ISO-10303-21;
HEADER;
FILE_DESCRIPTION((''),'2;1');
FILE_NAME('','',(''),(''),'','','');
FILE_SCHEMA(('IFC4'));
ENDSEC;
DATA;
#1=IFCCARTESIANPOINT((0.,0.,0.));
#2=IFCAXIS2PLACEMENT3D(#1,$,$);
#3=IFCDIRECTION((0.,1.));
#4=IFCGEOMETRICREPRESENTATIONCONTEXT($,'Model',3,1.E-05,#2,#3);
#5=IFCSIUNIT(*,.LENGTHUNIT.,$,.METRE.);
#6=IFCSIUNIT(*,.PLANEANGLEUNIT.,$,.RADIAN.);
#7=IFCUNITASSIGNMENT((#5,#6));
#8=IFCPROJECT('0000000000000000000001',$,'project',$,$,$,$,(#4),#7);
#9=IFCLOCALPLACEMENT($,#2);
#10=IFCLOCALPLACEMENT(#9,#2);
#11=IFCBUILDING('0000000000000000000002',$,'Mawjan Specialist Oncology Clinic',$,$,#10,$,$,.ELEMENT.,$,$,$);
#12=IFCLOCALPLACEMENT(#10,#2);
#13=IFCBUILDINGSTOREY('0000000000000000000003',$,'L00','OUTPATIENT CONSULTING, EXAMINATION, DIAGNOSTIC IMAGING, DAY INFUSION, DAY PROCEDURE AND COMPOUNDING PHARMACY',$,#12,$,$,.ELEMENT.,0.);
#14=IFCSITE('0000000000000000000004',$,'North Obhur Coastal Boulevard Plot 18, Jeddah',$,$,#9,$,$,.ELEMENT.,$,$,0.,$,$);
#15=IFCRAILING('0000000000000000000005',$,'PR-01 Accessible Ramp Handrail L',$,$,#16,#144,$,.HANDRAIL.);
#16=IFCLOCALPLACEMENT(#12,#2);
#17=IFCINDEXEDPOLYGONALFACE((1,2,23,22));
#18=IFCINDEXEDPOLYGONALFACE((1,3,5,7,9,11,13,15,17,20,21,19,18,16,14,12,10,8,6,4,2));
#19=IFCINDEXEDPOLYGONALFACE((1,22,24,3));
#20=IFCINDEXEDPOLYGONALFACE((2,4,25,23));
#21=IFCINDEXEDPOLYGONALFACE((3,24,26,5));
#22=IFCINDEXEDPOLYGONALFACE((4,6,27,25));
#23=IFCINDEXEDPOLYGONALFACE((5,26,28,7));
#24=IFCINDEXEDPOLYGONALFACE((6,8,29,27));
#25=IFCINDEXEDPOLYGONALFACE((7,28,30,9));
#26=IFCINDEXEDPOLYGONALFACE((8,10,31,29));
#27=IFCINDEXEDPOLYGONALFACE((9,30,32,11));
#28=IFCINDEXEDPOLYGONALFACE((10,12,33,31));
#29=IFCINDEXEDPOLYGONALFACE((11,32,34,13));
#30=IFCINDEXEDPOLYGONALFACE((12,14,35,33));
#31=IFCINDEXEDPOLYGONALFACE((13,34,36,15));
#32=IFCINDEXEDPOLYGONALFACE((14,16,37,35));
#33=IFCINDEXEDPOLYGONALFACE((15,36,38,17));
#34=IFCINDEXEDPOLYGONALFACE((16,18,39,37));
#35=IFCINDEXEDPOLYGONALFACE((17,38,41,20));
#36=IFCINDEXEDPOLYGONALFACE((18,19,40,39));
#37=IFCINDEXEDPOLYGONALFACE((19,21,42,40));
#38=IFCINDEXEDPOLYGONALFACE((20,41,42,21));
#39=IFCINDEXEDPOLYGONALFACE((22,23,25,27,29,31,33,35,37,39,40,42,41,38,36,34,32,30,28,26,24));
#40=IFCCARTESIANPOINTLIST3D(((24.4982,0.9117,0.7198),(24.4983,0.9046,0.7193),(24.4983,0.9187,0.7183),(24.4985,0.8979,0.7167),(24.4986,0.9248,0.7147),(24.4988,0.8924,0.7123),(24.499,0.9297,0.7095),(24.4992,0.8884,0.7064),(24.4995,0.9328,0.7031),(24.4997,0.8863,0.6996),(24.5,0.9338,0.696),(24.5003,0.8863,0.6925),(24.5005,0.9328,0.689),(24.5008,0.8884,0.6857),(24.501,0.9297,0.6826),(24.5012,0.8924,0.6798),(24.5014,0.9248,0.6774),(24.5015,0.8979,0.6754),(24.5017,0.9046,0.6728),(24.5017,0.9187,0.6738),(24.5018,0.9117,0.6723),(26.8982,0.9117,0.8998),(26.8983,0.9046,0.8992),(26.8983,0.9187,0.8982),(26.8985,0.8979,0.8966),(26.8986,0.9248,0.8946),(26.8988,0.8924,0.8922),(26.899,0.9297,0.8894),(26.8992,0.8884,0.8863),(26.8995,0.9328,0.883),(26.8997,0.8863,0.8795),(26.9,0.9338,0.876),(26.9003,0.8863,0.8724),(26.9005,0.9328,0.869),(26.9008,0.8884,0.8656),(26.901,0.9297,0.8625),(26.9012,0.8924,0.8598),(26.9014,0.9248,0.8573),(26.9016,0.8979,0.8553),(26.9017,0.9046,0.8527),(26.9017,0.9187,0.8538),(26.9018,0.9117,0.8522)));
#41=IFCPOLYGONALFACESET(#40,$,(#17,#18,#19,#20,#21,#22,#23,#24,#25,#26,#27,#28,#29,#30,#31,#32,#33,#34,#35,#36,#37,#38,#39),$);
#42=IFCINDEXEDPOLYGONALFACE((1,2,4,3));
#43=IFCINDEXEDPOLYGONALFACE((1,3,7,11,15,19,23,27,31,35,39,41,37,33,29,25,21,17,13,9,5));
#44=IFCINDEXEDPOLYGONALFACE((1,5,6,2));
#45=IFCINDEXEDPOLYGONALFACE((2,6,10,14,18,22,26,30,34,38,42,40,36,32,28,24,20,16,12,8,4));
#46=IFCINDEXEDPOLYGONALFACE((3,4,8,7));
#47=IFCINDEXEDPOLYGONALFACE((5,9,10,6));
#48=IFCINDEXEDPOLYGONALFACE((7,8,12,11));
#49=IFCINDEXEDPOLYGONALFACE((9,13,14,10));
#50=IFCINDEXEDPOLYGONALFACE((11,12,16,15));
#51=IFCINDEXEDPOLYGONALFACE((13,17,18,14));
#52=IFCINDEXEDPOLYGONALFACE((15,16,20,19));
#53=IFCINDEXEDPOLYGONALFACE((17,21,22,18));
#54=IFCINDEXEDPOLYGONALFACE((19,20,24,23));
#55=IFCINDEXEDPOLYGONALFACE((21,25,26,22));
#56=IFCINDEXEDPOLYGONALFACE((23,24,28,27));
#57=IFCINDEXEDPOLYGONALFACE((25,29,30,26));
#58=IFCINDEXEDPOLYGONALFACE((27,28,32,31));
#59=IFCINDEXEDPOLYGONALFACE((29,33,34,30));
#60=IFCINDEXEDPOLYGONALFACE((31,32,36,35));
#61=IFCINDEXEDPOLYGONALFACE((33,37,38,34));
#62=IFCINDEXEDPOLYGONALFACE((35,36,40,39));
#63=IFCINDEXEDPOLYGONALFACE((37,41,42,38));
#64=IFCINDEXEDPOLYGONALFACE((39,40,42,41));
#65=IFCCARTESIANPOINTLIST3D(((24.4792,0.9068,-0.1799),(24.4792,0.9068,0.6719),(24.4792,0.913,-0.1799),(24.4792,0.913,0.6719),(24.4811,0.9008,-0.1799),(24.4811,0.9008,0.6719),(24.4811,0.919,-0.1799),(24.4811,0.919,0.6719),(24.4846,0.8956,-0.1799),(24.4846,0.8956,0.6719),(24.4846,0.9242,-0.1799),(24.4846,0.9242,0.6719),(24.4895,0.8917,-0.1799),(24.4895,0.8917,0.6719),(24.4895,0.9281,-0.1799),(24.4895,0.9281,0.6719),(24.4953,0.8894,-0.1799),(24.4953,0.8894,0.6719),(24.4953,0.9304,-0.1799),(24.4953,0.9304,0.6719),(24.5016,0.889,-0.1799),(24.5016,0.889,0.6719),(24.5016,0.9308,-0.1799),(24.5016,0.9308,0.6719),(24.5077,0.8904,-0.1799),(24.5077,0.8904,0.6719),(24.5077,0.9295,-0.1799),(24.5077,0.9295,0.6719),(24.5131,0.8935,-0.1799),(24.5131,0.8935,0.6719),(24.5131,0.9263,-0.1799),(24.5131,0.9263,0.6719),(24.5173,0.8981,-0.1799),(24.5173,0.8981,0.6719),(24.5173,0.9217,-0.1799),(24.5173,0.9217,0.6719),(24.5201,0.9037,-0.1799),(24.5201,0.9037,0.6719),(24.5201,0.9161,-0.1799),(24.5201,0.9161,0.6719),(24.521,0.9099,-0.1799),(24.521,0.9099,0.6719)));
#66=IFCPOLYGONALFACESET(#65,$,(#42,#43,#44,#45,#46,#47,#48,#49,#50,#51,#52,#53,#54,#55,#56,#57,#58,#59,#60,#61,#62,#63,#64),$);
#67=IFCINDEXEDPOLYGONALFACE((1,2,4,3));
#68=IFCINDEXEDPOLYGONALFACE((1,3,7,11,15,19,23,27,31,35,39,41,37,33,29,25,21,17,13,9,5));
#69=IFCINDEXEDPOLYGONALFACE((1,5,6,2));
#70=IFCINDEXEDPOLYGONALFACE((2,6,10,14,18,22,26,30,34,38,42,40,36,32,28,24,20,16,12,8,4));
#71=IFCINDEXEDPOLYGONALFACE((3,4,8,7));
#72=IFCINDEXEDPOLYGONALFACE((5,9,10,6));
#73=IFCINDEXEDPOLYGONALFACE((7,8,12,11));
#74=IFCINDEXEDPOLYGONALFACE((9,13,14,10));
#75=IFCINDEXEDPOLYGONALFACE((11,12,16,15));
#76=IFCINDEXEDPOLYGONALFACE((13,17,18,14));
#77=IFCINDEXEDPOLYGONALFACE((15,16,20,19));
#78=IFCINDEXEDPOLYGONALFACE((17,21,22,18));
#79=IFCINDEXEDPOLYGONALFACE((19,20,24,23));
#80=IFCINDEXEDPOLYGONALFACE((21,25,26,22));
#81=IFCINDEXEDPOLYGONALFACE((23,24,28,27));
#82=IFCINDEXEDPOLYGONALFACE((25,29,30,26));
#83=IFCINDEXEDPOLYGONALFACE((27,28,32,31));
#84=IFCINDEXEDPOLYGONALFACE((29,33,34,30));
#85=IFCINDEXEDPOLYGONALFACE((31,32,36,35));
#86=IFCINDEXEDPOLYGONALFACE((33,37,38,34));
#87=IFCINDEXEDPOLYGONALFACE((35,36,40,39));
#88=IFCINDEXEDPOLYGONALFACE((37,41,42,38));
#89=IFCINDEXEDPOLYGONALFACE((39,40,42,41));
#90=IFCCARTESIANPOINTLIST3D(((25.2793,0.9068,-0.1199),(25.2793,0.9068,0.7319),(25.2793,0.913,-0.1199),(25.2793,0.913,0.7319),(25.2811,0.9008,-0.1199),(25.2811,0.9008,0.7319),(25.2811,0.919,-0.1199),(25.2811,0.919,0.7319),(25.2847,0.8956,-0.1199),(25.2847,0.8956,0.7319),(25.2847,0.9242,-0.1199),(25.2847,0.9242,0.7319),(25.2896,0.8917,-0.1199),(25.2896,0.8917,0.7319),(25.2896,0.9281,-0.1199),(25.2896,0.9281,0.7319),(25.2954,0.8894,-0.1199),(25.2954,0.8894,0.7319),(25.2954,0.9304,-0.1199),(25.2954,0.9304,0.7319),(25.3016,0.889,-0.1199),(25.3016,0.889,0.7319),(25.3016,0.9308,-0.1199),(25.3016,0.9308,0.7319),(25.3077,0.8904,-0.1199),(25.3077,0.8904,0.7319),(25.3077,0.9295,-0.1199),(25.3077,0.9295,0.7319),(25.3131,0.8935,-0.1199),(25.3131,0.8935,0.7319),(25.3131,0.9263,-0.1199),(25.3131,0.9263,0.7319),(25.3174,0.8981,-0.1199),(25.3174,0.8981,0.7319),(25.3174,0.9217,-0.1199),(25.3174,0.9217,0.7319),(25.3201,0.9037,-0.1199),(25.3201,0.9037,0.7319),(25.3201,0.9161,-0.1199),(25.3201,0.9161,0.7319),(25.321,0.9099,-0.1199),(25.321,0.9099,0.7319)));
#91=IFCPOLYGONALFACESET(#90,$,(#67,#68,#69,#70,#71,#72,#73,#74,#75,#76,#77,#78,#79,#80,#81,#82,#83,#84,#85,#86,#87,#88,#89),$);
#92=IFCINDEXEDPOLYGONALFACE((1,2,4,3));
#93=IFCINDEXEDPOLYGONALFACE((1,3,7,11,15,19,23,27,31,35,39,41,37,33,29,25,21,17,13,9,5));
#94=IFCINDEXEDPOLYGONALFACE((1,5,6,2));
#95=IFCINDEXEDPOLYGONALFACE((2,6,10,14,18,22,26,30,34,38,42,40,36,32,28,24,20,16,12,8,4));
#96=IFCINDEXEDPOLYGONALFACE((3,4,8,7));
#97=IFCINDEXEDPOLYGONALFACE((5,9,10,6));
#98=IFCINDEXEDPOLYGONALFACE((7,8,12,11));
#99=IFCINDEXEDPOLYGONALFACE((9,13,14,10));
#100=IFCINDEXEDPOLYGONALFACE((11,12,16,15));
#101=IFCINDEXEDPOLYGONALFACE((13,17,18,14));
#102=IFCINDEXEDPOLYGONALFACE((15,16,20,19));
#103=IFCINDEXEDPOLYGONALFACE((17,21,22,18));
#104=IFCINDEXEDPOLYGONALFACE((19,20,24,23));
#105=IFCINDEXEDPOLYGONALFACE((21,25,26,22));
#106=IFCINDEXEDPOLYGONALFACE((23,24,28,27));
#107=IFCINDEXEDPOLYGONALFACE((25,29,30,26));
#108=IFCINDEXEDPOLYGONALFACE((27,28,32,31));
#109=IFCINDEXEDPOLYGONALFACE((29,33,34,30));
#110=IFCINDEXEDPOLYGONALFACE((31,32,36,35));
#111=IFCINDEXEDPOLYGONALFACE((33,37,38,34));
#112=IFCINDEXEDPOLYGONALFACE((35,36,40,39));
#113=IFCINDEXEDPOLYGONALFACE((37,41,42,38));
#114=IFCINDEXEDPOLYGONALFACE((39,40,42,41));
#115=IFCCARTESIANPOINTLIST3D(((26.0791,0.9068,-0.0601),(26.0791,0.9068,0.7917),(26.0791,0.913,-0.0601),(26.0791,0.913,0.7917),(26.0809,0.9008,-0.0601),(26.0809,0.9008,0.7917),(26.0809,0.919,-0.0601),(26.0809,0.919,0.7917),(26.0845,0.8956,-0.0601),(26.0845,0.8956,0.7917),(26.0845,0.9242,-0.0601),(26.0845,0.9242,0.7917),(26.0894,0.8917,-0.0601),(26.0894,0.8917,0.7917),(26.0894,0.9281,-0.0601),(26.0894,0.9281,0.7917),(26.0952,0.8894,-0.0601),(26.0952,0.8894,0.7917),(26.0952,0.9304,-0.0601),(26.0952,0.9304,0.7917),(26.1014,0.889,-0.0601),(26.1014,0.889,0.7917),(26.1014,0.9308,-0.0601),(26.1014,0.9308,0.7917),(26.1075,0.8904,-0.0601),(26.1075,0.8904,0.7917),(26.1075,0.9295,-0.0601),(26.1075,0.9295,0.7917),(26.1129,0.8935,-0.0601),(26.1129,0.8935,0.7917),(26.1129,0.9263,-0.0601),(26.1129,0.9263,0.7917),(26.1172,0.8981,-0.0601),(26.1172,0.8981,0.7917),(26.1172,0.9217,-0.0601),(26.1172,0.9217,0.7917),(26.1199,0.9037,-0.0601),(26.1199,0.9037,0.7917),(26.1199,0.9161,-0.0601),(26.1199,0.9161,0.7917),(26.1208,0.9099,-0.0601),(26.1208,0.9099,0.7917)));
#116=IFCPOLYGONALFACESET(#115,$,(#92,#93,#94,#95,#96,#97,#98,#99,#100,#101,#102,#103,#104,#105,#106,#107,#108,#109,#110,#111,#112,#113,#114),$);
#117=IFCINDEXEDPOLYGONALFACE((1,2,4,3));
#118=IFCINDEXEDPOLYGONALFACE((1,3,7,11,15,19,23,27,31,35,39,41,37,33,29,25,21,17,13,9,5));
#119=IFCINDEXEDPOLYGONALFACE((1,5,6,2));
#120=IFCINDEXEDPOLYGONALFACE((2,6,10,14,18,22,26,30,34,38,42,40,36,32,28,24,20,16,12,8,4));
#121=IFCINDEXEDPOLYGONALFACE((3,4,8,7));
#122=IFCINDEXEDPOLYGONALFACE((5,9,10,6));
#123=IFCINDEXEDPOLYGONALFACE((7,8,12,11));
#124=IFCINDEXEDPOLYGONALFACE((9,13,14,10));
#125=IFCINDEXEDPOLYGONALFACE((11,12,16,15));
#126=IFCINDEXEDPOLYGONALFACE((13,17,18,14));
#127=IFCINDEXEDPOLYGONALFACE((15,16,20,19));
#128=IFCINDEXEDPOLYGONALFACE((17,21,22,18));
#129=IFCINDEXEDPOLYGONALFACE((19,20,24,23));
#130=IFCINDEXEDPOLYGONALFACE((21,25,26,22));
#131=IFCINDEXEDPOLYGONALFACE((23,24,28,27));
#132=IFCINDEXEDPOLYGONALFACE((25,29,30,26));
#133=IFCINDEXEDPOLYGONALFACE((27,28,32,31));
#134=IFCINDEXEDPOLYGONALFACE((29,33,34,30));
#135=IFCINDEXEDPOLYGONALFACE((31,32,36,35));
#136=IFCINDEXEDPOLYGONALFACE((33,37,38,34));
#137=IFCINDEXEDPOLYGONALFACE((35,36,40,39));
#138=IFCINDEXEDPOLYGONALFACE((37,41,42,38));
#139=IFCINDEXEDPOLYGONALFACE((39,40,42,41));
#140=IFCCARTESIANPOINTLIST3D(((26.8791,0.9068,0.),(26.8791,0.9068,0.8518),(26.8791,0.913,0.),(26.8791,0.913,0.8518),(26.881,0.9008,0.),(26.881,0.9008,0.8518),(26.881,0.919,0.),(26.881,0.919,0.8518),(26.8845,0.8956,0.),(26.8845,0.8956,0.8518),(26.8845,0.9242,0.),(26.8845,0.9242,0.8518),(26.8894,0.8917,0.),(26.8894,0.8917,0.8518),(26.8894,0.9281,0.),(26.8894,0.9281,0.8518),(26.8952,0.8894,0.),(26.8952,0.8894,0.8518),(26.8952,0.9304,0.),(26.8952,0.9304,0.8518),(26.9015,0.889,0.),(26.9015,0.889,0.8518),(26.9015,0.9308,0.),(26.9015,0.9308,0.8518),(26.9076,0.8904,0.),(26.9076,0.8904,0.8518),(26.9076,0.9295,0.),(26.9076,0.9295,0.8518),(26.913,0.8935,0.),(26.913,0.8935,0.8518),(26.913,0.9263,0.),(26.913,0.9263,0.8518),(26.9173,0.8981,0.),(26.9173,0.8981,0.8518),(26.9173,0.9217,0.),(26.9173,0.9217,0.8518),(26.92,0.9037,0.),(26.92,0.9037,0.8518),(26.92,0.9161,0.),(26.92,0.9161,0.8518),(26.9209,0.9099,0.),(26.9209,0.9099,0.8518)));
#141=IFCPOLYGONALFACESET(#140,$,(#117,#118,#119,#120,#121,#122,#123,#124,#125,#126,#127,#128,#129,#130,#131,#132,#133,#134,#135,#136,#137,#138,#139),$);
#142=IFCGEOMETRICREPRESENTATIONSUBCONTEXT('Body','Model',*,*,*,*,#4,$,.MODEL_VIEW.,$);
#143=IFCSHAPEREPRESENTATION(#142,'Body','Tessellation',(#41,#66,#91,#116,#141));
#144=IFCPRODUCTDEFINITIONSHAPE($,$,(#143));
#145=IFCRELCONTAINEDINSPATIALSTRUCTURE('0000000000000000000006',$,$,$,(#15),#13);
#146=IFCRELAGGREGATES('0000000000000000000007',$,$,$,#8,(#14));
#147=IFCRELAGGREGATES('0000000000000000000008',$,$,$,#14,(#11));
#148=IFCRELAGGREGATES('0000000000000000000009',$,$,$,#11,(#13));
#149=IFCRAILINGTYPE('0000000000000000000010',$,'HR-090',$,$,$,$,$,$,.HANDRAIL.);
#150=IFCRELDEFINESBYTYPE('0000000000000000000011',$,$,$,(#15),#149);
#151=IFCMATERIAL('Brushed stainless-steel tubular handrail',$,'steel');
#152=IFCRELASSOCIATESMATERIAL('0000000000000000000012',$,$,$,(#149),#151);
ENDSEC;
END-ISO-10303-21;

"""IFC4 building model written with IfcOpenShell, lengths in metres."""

from ifc_helpers import new_model, si_unit, direction, frame, origin, origin_2d, place, context, subcontext, project, spatial, circle, extrude, material, type_object, element, save


model = new_model("IFC4")

# Units and contexts
model_context = context("Model", 3, precision=1e-05, world=origin(), true_north=direction((0.0, 1.0)))
body_context = subcontext(model_context, "Body", "Model", "MODEL_VIEW")
ifc_project = project(units=[si_unit("LENGTHUNIT", "METRE"), si_unit("PLANEANGLEUNIT", "RADIAN")], contexts=[model_context])

# Site, building, storey
site_placement = place(None, origin())
site = spatial("IfcSite", under=ifc_project, at=site_placement, Name="North Obhur Coastal Boulevard Plot 18, Jeddah", CompositionType="ELEMENT", RefElevation=0.0)
building_placement = place(site_placement, origin())
building = spatial("IfcBuilding", under=site, at=building_placement, Name="Mawjan Specialist Oncology Clinic", CompositionType="ELEMENT")
storey_placement = place(building_placement, origin())
storey = spatial("IfcBuildingStorey", under=building, at=storey_placement, Name="L00", Description="OUTPATIENT CONSULTING, EXAMINATION, DIAGNOSTIC IMAGING, DAY INFUSION, DAY PROCEDURE AND COMPOUNDING PHARMACY", CompositionType="ELEMENT", Elevation=0.0)

# Railing
ifc_material_1 = material(Name="Brushed stainless-steel tubular handrail", Category="steel")
railing_type = type_object("IfcRailingType", Name="HR-090", PredefinedType="HANDRAIL", material=ifc_material_1)
for number, where, name in (
    (1, (24.5, 0.9099, -0.1799), "PR-01 Accessible Ramp Handrail L"),
):
    element("IfcRailing", number, at=place(storey_placement, frame(where)), inside=storey, type_object=railing_type, Name=name, PredefinedType="HANDRAIL", context=body_context, shape_type="SweptSolid", body=[
        extrude(circle(Radius=0.0239, at=origin_2d()), frame((0.0, 0.0, 0.876), z_axis=(0.997201, 0.0, 0.074765), x_axis=(0.0, 1.0, 0.0)), (0.0, 0.0, 1.0), 2.4067),
        extrude(circle(Radius=0.021, at=origin_2d()), origin(), (0.0, 0.0, 1.0), 0.8518),
        extrude(circle(Radius=0.021, at=origin_2d()), frame((0.8, 0.0, 0.0601)), (0.0, 0.0, 1.0), 0.8518),
        extrude(circle(Radius=0.021, at=origin_2d()), frame((1.5999, 0.0, 0.1199)), (0.0, 0.0, 1.0), 0.8518),
        extrude(circle(Radius=0.021, at=origin_2d()), frame((2.3999, 0.0, 0.1799)), (0.0, 0.0, 1.0), 0.8518),
    ])

save(model, "model.ifc")
